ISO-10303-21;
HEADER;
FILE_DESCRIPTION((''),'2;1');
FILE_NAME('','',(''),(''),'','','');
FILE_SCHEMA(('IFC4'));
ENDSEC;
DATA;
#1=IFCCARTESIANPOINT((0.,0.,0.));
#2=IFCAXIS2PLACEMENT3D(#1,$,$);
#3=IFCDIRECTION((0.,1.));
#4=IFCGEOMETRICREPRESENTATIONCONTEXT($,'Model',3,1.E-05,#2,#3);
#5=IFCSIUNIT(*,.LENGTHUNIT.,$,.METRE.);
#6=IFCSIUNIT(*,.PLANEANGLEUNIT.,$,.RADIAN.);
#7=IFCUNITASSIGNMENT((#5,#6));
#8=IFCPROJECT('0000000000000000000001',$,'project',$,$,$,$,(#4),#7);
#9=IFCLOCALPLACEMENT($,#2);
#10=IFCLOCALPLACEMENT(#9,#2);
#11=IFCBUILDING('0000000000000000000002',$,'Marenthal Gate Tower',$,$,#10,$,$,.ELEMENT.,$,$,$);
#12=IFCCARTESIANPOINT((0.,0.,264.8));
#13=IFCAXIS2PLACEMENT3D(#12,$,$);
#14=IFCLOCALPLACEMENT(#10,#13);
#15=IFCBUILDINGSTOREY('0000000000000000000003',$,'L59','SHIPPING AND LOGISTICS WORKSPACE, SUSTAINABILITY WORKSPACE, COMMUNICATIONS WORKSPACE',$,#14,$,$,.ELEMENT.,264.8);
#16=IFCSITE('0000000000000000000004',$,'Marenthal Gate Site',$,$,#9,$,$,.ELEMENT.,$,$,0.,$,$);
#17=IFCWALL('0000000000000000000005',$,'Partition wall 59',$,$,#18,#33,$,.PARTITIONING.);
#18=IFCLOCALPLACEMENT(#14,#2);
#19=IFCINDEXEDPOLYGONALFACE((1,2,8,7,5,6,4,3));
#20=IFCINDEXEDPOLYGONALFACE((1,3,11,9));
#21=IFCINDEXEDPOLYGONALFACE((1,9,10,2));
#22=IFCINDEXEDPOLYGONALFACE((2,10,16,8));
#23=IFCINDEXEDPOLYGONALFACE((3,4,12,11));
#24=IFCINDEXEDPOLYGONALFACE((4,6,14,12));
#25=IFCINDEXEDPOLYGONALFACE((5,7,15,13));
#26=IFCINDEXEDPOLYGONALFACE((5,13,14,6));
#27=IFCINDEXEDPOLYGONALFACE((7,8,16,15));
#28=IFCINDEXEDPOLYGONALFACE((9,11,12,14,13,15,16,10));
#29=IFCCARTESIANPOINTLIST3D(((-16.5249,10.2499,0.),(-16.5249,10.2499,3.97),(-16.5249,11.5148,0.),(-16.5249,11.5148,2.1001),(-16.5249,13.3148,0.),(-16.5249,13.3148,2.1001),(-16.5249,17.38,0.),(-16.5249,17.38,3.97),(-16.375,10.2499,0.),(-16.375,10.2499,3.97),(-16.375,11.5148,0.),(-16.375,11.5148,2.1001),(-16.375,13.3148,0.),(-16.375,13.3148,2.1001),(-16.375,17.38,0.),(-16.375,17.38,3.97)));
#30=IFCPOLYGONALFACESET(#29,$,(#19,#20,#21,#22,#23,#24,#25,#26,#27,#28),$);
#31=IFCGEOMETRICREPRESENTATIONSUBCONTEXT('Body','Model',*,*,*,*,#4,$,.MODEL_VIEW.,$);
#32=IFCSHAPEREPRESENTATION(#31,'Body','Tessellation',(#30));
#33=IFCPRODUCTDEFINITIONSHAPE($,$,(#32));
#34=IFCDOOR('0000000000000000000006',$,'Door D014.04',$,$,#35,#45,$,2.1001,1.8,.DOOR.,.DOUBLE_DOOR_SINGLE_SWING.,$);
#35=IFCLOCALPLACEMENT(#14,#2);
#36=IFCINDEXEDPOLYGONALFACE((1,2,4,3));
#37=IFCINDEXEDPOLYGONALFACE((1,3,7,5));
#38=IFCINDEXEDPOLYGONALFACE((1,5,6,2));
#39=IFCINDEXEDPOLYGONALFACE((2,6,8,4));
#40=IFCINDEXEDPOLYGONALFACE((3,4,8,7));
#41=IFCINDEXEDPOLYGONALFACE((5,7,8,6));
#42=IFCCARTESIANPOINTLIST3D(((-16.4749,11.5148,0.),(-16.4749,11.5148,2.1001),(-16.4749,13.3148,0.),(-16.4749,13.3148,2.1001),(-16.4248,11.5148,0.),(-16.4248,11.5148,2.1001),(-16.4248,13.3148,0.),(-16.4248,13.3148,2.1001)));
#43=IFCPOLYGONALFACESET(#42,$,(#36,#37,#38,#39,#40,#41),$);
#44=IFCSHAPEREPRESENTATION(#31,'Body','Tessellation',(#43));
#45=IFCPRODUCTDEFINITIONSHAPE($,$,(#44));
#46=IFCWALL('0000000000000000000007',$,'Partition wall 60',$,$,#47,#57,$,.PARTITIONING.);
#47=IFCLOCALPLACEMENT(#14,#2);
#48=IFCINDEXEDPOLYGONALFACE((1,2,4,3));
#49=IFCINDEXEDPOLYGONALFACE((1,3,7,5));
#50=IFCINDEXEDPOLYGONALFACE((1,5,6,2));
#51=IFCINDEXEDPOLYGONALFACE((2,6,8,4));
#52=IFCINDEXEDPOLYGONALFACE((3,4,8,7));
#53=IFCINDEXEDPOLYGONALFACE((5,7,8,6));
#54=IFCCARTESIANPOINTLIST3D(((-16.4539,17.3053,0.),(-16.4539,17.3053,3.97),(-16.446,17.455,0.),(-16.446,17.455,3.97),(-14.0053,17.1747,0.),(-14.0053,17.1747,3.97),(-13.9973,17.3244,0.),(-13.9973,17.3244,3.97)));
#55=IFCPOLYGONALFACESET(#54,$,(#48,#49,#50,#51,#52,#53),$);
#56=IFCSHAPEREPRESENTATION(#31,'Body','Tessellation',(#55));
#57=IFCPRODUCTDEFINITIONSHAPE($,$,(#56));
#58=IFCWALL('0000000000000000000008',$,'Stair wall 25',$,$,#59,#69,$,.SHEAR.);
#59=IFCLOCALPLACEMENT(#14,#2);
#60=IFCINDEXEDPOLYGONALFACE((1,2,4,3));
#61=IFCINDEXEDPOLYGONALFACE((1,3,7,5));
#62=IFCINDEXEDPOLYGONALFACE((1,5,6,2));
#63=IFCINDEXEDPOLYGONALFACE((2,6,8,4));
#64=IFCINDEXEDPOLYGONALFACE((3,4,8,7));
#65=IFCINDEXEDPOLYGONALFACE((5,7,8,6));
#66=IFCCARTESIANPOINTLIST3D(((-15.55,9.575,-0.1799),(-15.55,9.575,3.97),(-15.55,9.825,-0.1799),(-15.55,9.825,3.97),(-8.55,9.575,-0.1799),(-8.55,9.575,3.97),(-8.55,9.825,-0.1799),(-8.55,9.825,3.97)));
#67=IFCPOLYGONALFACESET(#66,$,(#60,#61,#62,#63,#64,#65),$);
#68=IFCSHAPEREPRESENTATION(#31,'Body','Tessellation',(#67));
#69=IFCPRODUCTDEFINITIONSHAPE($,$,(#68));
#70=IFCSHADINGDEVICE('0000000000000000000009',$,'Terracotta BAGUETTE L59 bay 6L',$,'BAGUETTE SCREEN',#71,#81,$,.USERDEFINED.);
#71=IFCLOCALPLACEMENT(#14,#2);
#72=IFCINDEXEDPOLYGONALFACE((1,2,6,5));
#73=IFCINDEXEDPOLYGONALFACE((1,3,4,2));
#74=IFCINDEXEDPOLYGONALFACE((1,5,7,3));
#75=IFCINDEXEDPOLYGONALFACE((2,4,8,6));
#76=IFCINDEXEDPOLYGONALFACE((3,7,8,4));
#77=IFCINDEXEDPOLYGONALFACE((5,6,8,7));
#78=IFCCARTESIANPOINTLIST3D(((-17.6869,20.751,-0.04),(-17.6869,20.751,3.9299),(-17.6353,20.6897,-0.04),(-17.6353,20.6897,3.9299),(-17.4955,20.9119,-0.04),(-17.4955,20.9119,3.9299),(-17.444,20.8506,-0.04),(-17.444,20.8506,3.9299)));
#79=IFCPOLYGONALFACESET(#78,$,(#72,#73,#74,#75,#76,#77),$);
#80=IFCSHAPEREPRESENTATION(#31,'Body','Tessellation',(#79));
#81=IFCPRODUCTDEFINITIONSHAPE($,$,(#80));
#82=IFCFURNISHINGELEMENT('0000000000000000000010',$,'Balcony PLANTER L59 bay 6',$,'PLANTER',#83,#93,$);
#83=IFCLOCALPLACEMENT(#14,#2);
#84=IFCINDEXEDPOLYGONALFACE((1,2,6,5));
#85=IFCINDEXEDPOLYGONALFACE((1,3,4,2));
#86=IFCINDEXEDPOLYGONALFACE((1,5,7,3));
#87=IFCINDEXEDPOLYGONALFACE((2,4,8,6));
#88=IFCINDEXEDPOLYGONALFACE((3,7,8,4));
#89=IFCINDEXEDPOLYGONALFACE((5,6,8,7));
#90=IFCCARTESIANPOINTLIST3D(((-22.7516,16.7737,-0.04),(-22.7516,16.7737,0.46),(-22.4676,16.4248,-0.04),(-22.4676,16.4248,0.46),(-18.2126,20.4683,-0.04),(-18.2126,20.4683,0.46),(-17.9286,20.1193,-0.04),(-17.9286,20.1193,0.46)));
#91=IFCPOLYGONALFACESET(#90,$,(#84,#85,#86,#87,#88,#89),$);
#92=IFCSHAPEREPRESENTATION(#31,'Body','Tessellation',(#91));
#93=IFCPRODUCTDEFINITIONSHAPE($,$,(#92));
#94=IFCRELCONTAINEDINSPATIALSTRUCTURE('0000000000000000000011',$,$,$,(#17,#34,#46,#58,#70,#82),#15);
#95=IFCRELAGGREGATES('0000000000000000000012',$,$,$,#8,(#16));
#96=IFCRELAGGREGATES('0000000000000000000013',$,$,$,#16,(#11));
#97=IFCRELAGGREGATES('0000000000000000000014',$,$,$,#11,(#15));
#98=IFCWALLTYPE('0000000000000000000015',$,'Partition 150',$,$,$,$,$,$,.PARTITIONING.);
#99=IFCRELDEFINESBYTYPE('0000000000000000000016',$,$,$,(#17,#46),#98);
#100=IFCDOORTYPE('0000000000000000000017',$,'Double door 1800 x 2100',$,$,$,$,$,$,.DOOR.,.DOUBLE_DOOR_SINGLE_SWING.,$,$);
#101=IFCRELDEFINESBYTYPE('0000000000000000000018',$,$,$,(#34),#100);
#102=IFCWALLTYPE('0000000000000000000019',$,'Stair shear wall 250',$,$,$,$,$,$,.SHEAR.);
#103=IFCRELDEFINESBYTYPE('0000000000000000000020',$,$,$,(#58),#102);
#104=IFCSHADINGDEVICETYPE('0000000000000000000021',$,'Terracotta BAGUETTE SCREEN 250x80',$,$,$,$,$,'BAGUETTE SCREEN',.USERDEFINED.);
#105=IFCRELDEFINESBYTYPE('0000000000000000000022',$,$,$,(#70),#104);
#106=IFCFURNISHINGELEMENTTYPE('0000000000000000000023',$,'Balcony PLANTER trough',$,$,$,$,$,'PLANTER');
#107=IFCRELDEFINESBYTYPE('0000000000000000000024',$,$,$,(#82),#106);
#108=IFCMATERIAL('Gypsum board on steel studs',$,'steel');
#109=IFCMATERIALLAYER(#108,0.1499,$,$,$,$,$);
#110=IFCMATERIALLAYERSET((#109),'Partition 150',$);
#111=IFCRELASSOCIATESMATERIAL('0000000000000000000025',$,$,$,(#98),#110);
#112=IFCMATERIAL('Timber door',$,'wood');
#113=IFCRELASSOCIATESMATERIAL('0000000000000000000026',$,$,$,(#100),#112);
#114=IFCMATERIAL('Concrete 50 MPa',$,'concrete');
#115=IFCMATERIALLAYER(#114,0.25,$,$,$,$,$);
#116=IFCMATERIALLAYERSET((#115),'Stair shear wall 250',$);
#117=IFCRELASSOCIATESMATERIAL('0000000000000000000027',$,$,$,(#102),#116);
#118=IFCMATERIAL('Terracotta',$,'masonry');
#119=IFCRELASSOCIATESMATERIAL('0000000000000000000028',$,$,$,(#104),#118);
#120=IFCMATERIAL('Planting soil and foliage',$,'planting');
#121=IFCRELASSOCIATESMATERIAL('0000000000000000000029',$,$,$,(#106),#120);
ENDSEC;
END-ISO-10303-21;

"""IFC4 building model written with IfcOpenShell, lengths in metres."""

from ifc_helpers import new_model, si_unit, direction, frame, frame_2d, origin, origin_2d, place, context, subcontext, project, spatial, rectangle, extrude, material, layer, layer_set, material_profile, profile_set, type_object, element, fill, save


model = new_model("IFC4")

# Units and contexts
model_context = context("Model", 3, precision=1e-05, world=origin(), true_north=direction((0.0, 1.0)))
body_context = subcontext(model_context, "Body", "Model", "MODEL_VIEW")
ifc_project = project(units=[si_unit("LENGTHUNIT", "METRE"), si_unit("PLANEANGLEUNIT", "RADIAN")], contexts=[model_context])

# Site, building, storey
site_placement = place(None, origin())
site = spatial("IfcSite", under=ifc_project, at=site_placement, Name="Marenthal Gate Site", CompositionType="ELEMENT", RefElevation=0.0)
building_placement = place(site_placement, origin())
building = spatial("IfcBuilding", under=site, at=building_placement, Name="Marenthal Gate Tower", CompositionType="ELEMENT")
storey_placement = place(building_placement, frame((0.0, 0.0, 264.8)))
storey = spatial("IfcBuildingStorey", under=building, at=storey_placement, Name="L59", Description="SHIPPING AND LOGISTICS WORKSPACE, SUSTAINABILITY WORKSPACE, COMMUNICATIONS WORKSPACE", CompositionType="ELEMENT", Elevation=264.8)

# Shared definitions
ifc_material_1 = material(Name="Gypsum board on steel studs", Category="steel")
ifc_layer_1 = layer(ifc_material_1, 0.1499)
ifc_layer_set_1 = layer_set([ifc_layer_1], Name="Partition 150")
wall_type_1 = type_object("IfcWallType", Name="Partition 150", PredefinedType="PARTITIONING", material=ifc_layer_set_1)

# Wall, opening, door
wall_1_placement = place(storey_placement, frame((-16.45, 10.25, 0.0), z_axis=(0.0, 0.0, 1.0), x_axis=(0.0, 1.0, 0.0)))
wall_1 = element("IfcWall", 1, at=wall_1_placement, inside=storey, type_object=wall_type_1, Name="Partition wall 59", PredefinedType="PARTITIONING", context=body_context, shape_type="SweptSolid", body=[
    extrude(rectangle(XDim=7.1301, YDim=0.1499, at=frame_2d((3.5649, 0.0))), origin(), (0.0, 0.0, 1.0), 3.97),
])
opening_1_placement = place(wall_1_placement, frame((1.2649, 0.0, 0.0)))
opening_1 = element("IfcOpeningElement", 2, at=opening_1_placement, cuts=wall_1, PredefinedType="OPENING", context=body_context, shape_type="SweptSolid", body=[
    extrude(rectangle(XDim=1.8, YDim=2.1001, at=frame_2d((0.8999, 1.05))), frame((0.0, 0.085, 0.0), z_axis=(0.0, -1.0, 0.0), x_axis=(1.0, 0.0, 0.0)), (0.0, 0.0, 1.0), 0.1699),
])
ifc_material_2 = material(Name="Timber door", Category="wood")
door_type_1 = type_object("IfcDoorType", Name="Double door 1800 x 2100", OperationType="DOUBLE_DOOR_SINGLE_SWING", PredefinedType="DOOR", material=ifc_material_2)
door_1_placement = place(opening_1_placement, origin())
door_1 = element("IfcDoor", 3, at=door_1_placement, inside=storey, type_object=door_type_1, Name="Door D014.04", OperationType="DOUBLE_DOOR_SINGLE_SWING", OverallHeight=2.1001, OverallWidth=1.8, PredefinedType="DOOR", context=body_context, shape_type="SweptSolid", body=[
    extrude(rectangle(XDim=1.8, YDim=2.1001, at=frame_2d((0.8999, 1.05))), frame((0.0, 0.0249, 0.0), z_axis=(0.0, -1.0, 0.0), x_axis=(1.0, 0.0, 0.0)), (0.0, 0.0, 1.0), 0.05),
])
fill(opening_1, door_1)

# Walls
wall_2_placement = place(storey_placement, frame((-16.45, 17.3801, 0.0), z_axis=(0.0, 0.0, 1.0), x_axis=(0.99858, -0.053264, 0.0)))
element("IfcWall", 4, at=wall_2_placement, inside=storey, type_object=wall_type_1, Name="Partition wall 60", PredefinedType="PARTITIONING", context=body_context, shape_type="SweptSolid", body=[
    extrude(rectangle(XDim=2.4521, YDim=0.1499, at=frame_2d((1.2261, 0.0))), origin(), (0.0, 0.0, 1.0), 3.97),
])
ifc_material_3 = material(Name="Concrete 50 MPa", Category="concrete")
ifc_layer_2 = layer(ifc_material_3, 0.25)
ifc_layer_set_2 = layer_set([ifc_layer_2], Name="Stair shear wall 250")
wall_type_2 = type_object("IfcWallType", Name="Stair shear wall 250", PredefinedType="SHEAR", material=ifc_layer_set_2)
wall_3_placement = place(storey_placement, frame((-15.55, 9.7, -0.1799), z_axis=(0.0, 0.0, 1.0), x_axis=(1.0, 0.0, 0.0)))
element("IfcWall", 5, at=wall_3_placement, inside=storey, type_object=wall_type_2, Name="Stair wall 25", PredefinedType="SHEAR", context=body_context, shape_type="SweptSolid", body=[
    extrude(rectangle(XDim=7.0, YDim=0.25, at=frame_2d((3.5, 0.0))), origin(), (0.0, 0.0, 1.0), 4.1499),
])

# Shading device
ifc_material_4 = material(Name="Terracotta", Category="masonry")
ifc_material_profile_1 = material_profile(ifc_material_4, rectangle(XDim=0.25, YDim=0.0801, at=origin_2d()), Name="Terracotta baguette 250x80")
ifc_profile_set_1 = profile_set([ifc_material_profile_1], Name="Terracotta")
shading_device_type = type_object("IfcShadingDeviceType", Name="Terracotta BAGUETTE SCREEN 250x80", ElementType="BAGUETTE SCREEN", PredefinedType="USERDEFINED", material=ifc_profile_set_1)
shading_device_placement = place(storey_placement, frame((-17.5654, 20.8008, -0.04), z_axis=(0.0, 0.0, 1.0), x_axis=(-0.765301, -0.643672, 0.0)))
element("IfcShadingDevice", 6, at=shading_device_placement, inside=storey, type_object=shading_device_type, Name="Terracotta BAGUETTE L59 bay 6L", ObjectType="BAGUETTE SCREEN", PredefinedType="USERDEFINED", context=body_context, shape_type="SweptSolid", body=[
    extrude(rectangle(XDim=0.25, YDim=0.0801, at=origin_2d()), origin(), (0.0, 0.0, 1.0), 3.97),
])

# Furnishing element
ifc_material_5 = material(Name="Planting soil and foliage", Category="planting")
furnishing_element_type = type_object("IfcFurnishingElementType", Name="Balcony PLANTER trough", ElementType="PLANTER", material=ifc_material_5)
furnishing_placement = place(storey_placement, frame((-20.3401, 18.4465, -0.04), z_axis=(0.0, 0.0, 1.0), x_axis=(-0.775557, -0.631278, 0.0)))
element("IfcFurnishingElement", 7, at=furnishing_placement, inside=storey, type_object=furnishing_element_type, Name="Balcony PLANTER L59 bay 6", ObjectType="PLANTER", context=body_context, shape_type="SweptSolid", body=[
    extrude(rectangle(XDim=5.8525, YDim=0.45, at=origin_2d()), origin(), (0.0, 0.0, 1.0), 0.5),
])

save(model, "model.ifc")
